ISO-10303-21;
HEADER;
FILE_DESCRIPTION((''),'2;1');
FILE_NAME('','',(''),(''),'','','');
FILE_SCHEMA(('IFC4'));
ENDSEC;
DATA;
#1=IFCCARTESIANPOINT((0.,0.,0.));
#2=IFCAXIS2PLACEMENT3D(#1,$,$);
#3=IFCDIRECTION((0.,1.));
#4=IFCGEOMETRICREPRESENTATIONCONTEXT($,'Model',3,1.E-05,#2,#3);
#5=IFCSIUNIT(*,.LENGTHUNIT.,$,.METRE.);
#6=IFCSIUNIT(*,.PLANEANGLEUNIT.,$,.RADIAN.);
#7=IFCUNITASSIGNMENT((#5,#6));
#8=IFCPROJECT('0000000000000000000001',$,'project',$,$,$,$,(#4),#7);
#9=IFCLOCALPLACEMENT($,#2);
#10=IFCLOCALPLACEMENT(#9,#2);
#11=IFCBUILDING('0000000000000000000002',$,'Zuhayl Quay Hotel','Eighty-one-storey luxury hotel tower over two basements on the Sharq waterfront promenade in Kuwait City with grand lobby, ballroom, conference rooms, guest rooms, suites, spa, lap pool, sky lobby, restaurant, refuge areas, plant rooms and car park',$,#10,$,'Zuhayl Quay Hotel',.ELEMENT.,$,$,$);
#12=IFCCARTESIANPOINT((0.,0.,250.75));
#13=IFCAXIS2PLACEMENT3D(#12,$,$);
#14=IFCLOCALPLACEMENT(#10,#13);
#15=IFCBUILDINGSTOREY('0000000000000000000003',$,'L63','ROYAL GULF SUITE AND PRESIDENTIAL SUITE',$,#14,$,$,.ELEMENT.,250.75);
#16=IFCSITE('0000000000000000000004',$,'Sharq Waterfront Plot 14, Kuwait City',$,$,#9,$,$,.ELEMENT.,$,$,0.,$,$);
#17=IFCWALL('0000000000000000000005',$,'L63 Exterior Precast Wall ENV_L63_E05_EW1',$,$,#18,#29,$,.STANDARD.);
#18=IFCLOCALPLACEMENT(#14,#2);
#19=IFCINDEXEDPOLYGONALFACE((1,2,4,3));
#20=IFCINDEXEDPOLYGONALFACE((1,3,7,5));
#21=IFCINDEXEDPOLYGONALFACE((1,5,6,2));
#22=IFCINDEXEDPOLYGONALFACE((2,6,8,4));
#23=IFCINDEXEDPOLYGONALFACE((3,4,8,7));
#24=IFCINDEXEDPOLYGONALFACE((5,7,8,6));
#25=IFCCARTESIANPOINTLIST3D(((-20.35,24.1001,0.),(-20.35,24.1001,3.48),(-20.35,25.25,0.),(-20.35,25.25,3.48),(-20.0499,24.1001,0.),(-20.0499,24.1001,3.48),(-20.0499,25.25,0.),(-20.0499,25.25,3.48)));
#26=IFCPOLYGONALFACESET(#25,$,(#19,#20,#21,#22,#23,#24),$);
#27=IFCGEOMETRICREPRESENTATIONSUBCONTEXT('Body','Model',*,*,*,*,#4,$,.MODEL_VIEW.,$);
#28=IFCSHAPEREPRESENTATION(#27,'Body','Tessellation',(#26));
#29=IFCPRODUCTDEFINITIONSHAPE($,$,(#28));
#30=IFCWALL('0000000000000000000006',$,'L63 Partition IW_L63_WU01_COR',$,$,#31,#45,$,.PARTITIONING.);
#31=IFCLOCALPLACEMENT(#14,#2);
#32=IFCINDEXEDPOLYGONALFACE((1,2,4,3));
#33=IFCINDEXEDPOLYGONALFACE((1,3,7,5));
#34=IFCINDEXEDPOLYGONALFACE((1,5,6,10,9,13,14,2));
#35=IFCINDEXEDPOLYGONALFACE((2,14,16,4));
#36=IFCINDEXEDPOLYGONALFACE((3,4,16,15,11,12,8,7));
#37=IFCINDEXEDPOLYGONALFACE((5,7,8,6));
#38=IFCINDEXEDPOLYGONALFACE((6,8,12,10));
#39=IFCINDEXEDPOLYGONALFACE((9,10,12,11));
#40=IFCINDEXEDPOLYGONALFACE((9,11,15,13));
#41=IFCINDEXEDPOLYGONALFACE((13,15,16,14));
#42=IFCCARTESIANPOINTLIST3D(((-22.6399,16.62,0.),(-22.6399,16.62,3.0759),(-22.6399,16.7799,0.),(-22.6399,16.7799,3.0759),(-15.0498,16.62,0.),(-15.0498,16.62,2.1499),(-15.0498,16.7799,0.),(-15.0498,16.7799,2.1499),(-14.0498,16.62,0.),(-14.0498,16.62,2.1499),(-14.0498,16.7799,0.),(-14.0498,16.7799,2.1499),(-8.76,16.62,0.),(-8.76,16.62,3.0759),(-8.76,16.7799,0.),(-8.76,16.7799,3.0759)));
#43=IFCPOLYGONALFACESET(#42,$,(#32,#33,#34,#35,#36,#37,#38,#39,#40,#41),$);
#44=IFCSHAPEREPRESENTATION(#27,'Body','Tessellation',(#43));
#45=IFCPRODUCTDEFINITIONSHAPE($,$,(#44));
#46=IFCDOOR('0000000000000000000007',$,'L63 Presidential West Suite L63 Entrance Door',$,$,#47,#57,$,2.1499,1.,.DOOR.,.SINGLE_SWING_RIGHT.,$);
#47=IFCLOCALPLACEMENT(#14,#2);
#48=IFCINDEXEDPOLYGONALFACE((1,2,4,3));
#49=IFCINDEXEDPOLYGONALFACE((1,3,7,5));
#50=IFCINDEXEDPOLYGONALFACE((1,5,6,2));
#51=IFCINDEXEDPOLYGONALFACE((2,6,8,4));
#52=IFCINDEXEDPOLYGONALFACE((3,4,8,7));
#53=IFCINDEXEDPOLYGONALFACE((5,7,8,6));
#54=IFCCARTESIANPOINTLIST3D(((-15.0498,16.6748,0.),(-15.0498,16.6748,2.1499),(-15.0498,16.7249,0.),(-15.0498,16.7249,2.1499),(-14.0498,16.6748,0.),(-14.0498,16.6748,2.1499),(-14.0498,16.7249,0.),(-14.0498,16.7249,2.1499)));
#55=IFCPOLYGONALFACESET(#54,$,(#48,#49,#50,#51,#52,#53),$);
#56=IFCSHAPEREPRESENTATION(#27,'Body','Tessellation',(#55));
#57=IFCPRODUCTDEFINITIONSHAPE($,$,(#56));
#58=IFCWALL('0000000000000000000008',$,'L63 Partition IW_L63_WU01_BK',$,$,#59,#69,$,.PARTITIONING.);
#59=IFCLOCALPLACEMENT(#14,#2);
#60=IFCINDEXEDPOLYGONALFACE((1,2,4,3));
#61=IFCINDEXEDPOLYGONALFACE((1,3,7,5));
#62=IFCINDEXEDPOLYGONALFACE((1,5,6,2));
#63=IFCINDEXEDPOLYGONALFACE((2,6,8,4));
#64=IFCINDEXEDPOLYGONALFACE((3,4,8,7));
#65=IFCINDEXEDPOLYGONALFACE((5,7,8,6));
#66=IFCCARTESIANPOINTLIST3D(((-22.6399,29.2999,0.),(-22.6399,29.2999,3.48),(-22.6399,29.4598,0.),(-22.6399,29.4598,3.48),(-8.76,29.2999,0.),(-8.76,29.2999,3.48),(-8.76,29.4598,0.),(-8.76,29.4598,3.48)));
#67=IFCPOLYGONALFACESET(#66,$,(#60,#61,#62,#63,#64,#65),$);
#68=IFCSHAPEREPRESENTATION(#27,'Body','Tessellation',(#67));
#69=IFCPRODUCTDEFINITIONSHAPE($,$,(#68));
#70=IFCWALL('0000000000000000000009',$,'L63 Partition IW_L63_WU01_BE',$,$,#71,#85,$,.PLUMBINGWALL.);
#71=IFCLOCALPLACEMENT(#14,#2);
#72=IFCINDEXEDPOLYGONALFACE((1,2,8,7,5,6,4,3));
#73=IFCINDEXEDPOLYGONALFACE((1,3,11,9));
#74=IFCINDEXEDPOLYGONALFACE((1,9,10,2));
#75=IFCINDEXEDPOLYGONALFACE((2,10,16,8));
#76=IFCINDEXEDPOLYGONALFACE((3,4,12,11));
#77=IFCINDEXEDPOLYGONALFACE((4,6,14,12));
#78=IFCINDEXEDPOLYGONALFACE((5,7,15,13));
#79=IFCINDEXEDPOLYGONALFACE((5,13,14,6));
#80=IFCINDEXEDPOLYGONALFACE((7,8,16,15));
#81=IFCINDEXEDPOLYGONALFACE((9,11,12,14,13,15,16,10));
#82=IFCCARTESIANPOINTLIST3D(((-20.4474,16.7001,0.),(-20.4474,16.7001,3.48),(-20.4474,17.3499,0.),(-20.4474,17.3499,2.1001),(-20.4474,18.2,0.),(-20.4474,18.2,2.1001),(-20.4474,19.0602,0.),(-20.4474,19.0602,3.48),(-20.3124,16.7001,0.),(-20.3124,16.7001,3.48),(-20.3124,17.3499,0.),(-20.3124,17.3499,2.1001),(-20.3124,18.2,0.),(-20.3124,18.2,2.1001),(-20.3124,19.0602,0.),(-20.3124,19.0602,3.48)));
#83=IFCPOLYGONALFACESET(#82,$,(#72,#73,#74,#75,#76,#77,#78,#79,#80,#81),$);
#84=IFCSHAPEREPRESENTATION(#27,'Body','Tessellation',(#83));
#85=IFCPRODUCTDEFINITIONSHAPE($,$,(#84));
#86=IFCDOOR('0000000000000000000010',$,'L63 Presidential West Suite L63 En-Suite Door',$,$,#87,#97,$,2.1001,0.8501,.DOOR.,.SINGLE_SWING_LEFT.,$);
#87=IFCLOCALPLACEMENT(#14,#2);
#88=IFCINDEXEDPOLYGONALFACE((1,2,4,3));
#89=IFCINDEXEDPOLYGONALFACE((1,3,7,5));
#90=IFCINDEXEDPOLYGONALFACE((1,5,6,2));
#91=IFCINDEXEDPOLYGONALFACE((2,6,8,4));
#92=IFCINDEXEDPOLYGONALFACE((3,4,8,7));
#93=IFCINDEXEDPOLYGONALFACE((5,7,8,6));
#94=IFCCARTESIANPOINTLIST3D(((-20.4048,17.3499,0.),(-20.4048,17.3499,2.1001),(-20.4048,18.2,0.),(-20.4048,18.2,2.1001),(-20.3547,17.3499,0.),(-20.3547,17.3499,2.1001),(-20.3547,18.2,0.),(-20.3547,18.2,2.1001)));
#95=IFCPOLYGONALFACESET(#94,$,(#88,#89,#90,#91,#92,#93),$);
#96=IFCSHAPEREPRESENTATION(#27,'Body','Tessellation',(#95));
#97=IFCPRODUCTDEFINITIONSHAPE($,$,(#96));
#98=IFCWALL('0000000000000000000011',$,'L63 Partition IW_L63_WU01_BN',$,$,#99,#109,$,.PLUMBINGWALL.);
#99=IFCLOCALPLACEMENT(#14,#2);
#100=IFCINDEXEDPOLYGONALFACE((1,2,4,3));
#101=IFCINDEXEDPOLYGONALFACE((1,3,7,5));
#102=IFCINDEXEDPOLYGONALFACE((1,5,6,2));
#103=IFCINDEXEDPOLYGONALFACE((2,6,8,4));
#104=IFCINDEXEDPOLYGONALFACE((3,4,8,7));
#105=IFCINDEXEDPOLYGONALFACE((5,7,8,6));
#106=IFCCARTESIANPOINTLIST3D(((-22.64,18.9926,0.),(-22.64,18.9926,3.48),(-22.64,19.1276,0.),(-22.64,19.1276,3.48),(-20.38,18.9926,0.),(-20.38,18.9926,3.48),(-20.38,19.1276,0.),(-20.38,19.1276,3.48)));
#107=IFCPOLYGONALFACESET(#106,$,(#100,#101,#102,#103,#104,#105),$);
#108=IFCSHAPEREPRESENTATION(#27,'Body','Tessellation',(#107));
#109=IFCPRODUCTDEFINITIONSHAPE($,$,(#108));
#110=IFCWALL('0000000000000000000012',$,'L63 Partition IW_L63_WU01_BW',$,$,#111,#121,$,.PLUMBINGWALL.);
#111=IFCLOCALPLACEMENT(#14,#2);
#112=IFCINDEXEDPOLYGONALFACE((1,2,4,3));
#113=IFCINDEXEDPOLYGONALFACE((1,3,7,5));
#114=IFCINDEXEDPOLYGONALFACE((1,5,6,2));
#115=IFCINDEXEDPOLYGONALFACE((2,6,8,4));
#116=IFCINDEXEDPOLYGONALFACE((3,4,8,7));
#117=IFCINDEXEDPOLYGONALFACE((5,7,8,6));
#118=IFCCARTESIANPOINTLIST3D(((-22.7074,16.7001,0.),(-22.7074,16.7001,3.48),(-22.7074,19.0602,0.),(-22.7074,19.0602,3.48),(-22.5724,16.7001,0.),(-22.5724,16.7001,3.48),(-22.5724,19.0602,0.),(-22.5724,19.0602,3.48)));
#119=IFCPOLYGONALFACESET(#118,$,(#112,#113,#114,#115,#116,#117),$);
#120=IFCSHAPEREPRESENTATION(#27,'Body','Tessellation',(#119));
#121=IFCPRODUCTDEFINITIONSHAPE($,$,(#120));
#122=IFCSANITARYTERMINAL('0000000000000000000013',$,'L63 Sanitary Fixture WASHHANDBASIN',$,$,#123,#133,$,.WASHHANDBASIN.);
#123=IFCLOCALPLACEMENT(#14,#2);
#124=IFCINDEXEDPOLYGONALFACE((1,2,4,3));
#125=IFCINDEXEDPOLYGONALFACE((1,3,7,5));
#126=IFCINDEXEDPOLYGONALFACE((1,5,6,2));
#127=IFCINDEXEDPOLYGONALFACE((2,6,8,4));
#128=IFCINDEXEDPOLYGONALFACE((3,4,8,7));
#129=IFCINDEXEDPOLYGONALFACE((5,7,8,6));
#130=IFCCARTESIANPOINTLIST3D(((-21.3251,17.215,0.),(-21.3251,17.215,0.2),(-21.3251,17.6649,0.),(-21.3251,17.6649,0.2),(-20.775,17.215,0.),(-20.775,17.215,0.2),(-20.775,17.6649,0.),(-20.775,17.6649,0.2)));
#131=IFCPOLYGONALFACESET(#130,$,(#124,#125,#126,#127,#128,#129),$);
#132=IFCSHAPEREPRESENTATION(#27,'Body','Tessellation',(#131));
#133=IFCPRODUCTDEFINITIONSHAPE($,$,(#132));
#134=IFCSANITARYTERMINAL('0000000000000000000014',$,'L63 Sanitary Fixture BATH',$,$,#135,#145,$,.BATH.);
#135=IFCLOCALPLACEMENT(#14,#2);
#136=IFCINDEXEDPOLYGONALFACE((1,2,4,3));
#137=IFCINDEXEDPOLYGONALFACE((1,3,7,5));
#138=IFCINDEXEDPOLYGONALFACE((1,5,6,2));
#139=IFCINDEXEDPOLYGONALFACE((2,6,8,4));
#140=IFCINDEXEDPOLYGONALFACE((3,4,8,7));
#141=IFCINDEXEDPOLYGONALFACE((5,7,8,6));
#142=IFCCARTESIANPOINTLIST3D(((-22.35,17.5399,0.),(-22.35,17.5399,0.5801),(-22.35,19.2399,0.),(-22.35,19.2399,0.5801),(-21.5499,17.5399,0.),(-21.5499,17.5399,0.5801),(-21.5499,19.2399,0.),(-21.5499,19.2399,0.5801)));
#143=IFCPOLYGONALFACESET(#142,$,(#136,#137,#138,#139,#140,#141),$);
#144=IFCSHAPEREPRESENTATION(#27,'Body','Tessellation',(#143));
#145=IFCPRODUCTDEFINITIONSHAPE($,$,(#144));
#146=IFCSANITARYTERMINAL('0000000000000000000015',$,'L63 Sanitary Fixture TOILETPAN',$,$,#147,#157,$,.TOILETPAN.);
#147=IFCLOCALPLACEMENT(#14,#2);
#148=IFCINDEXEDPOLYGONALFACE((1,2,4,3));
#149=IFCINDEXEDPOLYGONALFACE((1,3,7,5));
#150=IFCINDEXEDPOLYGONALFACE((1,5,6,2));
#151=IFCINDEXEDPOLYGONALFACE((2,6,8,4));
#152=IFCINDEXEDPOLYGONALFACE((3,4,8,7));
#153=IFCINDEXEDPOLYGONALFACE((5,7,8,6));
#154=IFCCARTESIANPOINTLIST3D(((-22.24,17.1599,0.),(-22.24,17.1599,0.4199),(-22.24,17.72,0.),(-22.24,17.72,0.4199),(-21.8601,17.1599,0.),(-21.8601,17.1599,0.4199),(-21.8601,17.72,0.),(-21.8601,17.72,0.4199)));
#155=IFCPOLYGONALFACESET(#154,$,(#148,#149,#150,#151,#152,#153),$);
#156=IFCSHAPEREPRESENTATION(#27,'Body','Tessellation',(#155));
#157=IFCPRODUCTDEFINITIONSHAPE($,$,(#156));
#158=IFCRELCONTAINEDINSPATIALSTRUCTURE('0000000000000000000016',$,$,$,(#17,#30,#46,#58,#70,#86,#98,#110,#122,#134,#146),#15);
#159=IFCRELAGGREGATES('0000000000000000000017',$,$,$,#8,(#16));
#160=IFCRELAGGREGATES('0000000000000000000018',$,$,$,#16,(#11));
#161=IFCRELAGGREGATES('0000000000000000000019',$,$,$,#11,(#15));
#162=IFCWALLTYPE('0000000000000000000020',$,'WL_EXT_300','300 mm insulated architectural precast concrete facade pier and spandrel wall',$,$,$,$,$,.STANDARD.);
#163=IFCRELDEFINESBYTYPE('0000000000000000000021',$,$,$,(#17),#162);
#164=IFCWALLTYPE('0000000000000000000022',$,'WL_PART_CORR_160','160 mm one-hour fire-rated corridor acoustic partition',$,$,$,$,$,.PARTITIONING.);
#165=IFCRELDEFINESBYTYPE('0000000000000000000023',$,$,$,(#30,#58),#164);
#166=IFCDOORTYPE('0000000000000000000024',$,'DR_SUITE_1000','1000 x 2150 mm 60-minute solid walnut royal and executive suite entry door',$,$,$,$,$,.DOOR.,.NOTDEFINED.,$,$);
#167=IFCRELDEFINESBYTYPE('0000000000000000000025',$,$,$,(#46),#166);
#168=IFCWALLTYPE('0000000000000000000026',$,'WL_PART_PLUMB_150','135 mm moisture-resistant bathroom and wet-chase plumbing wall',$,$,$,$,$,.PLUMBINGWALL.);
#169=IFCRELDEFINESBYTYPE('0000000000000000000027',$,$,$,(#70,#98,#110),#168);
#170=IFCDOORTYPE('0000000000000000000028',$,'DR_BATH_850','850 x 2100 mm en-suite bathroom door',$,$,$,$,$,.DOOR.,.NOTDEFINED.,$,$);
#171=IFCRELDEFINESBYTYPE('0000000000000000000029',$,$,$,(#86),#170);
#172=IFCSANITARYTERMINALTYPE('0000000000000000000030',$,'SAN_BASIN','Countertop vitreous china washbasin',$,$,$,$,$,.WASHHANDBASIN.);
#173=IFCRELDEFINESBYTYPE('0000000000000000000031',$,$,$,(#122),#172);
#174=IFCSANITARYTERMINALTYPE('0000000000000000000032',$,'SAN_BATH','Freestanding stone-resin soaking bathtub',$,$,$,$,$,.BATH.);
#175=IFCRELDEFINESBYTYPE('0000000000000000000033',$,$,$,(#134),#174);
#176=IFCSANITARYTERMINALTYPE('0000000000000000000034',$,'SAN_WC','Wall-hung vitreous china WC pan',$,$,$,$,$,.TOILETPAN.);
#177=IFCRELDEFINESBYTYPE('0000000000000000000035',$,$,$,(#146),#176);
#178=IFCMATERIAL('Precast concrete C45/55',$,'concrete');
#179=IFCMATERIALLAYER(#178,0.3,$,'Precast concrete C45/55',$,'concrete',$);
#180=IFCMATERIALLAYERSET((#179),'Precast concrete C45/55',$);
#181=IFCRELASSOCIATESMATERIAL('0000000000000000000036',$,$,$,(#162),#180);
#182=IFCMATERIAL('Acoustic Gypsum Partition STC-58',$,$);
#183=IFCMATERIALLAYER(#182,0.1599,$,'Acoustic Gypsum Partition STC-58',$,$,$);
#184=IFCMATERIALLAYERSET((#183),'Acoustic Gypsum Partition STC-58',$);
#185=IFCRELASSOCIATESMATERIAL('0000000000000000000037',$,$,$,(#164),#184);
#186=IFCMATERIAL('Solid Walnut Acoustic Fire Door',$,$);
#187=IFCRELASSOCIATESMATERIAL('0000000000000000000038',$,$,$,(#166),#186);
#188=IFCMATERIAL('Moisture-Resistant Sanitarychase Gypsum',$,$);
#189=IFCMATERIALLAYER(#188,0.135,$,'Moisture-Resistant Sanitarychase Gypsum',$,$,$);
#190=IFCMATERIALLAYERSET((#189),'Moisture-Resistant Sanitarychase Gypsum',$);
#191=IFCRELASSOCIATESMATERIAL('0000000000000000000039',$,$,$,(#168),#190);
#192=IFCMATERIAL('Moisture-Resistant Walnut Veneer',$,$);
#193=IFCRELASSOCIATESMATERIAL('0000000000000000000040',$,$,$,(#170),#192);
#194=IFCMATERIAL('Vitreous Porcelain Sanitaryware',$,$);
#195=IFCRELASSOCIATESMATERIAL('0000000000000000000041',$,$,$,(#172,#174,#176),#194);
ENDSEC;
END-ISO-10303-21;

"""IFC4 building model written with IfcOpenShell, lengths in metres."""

from ifc_helpers import new_model, si_unit, direction, frame, frame_2d, origin, origin_2d, place, context, subcontext, project, spatial, rectangle, extrude, material, layer, layer_set, type_object, element, fill, save


model = new_model("IFC4")

# Units and contexts
model_context = context("Model", 3, precision=1e-05, world=origin(), true_north=direction((0.0, 1.0)))
body_context = subcontext(model_context, "Body", "Model", "MODEL_VIEW")
ifc_project = project(units=[si_unit("LENGTHUNIT", "METRE"), si_unit("PLANEANGLEUNIT", "RADIAN")], contexts=[model_context])

# Site, building, storey
site_placement = place(None, origin())
site = spatial("IfcSite", under=ifc_project, at=site_placement, Name="Sharq Waterfront Plot 14, Kuwait City", CompositionType="ELEMENT", RefElevation=0.0)
building_placement = place(site_placement, origin())
building = spatial("IfcBuilding", under=site, at=building_placement, Name="Zuhayl Quay Hotel", Description="Eighty-one-storey luxury hotel tower over two basements on the Sharq waterfront promenade in Kuwait City with grand lobby, ballroom, conference rooms, guest rooms, suites, spa, lap pool, sky lobby, restaurant, refuge areas, plant rooms and car park", LongName="Zuhayl Quay Hotel", CompositionType="ELEMENT")
storey_placement = place(building_placement, frame((0.0, 0.0, 250.75)))
storey = spatial("IfcBuildingStorey", under=building, at=storey_placement, Name="L63", Description="ROYAL GULF SUITE AND PRESIDENTIAL SUITE", CompositionType="ELEMENT", Elevation=250.75)

# Wall
ifc_material_1 = material(Name="Precast concrete C45/55", Category="concrete")
ifc_layer_1 = layer(ifc_material_1, 0.3, Name="Precast concrete C45/55", Category="concrete")
ifc_layer_set_1 = layer_set([ifc_layer_1], Name="Precast concrete C45/55")
wall_type_1 = type_object("IfcWallType", Name="WL_EXT_300", Description="300 mm insulated architectural precast concrete facade pier and spandrel wall", PredefinedType="STANDARD", material=ifc_layer_set_1)
wall_1_placement = place(storey_placement, frame((-20.2, 24.1001, 0.0), z_axis=(0.0, 0.0, 1.0), x_axis=(0.0, 1.0, 0.0)))
element("IfcWall", 1, at=wall_1_placement, inside=storey, type_object=wall_type_1, Name="L63 Exterior Precast Wall ENV_L63_E05_EW1", PredefinedType="STANDARD", context=body_context, shape_type="SweptSolid", body=[
    extrude(rectangle(XDim=1.1499, YDim=0.3, at=frame_2d((0.575, 0.0))), origin(), (0.0, 0.0, 1.0), 3.48),
])

# Wall, opening, door
ifc_material_2 = material(Name="Acoustic Gypsum Partition STC-58")
ifc_layer_2 = layer(ifc_material_2, 0.1599, Name="Acoustic Gypsum Partition STC-58")
ifc_layer_set_2 = layer_set([ifc_layer_2], Name="Acoustic Gypsum Partition STC-58")
wall_type_2 = type_object("IfcWallType", Name="WL_PART_CORR_160", Description="160 mm one-hour fire-rated corridor acoustic partition", PredefinedType="PARTITIONING", material=ifc_layer_set_2)
wall_2_placement = place(storey_placement, frame((-22.6399, 16.7, 0.0), z_axis=(0.0, 0.0, 1.0), x_axis=(1.0, 0.0, 0.0)))
wall_2 = element("IfcWall", 2, at=wall_2_placement, inside=storey, type_object=wall_type_2, Name="L63 Partition IW_L63_WU01_COR", PredefinedType="PARTITIONING", context=body_context, shape_type="SweptSolid", body=[
    extrude(rectangle(XDim=13.8799, YDim=0.1599, at=frame_2d((6.9399, 0.0))), origin(), (0.0, 0.0, 1.0), 3.0759),
])
opening_1_placement = place(wall_2_placement, frame((7.5901, 0.0, 0.0)))
opening_1 = element("IfcOpeningElement", 3, at=opening_1_placement, cuts=wall_2, PredefinedType="OPENING", context=body_context, shape_type="SweptSolid", body=[
    extrude(rectangle(XDim=1.0, YDim=2.1499, at=frame_2d((0.5, 1.075))), frame((0.0, 0.0898, 0.0), z_axis=(0.0, -1.0, 0.0), x_axis=(1.0, 0.0, 0.0)), (0.0, 0.0, 1.0), 0.1799),
])
ifc_material_3 = material(Name="Solid Walnut Acoustic Fire Door")
door_type_1 = type_object("IfcDoorType", Name="DR_SUITE_1000", Description="1000 x 2150 mm 60-minute solid walnut royal and executive suite entry door", OperationType="NOTDEFINED", PredefinedType="DOOR", material=ifc_material_3)
door_1_placement = place(opening_1_placement, origin())
door_1 = element("IfcDoor", 4, at=door_1_placement, inside=storey, type_object=door_type_1, Name="L63 Presidential West Suite L63 Entrance Door", OperationType="SINGLE_SWING_RIGHT", OverallHeight=2.1499, OverallWidth=1.0, PredefinedType="DOOR", context=body_context, shape_type="SweptSolid", body=[
    extrude(rectangle(XDim=1.0, YDim=2.1499, at=frame_2d((0.5, 1.075))), frame((0.0, 0.0249, 0.0), z_axis=(0.0, -1.0, 0.0), x_axis=(1.0, 0.0, 0.0)), (0.0, 0.0, 1.0), 0.05),
])
fill(opening_1, door_1)

# Wall
wall_3_placement = place(storey_placement, frame((-22.6399, 29.3799, 0.0), z_axis=(0.0, 0.0, 1.0), x_axis=(1.0, 0.0, 0.0)))
element("IfcWall", 5, at=wall_3_placement, inside=storey, type_object=wall_type_2, Name="L63 Partition IW_L63_WU01_BK", PredefinedType="PARTITIONING", context=body_context, shape_type="SweptSolid", body=[
    extrude(rectangle(XDim=13.8799, YDim=0.1599, at=frame_2d((6.9399, 0.0))), origin(), (0.0, 0.0, 1.0), 3.48),
])

# Wall, opening, door
ifc_material_4 = material(Name="Moisture-Resistant Sanitarychase Gypsum")
ifc_layer_3 = layer(ifc_material_4, 0.135, Name="Moisture-Resistant Sanitarychase Gypsum")
ifc_layer_set_3 = layer_set([ifc_layer_3], Name="Moisture-Resistant Sanitarychase Gypsum")
wall_type_3 = type_object("IfcWallType", Name="WL_PART_PLUMB_150", Description="135 mm moisture-resistant bathroom and wet-chase plumbing wall", PredefinedType="PLUMBINGWALL", material=ifc_layer_set_3)
wall_4_placement = place(storey_placement, frame((-20.3799, 16.7, 0.0), z_axis=(0.0, 0.0, 1.0), x_axis=(0.0, 1.0, 0.0)))
wall_4 = element("IfcWall", 6, at=wall_4_placement, inside=storey, type_object=wall_type_3, Name="L63 Partition IW_L63_WU01_BE", PredefinedType="PLUMBINGWALL", context=body_context, shape_type="SweptSolid", body=[
    extrude(rectangle(XDim=2.3601, YDim=0.135, at=frame_2d((1.1802, 0.0))), origin(), (0.0, 0.0, 1.0), 3.48),
])
opening_2_placement = place(wall_4_placement, frame((0.6499, 0.0, 0.0)))
opening_2 = element("IfcOpeningElement", 7, at=opening_2_placement, cuts=wall_4, PredefinedType="OPENING", context=body_context, shape_type="SweptSolid", body=[
    extrude(rectangle(XDim=0.8501, YDim=2.1001, at=frame_2d((0.425, 1.05))), frame((0.0, 0.0774, 0.0), z_axis=(0.0, -1.0, 0.0), x_axis=(1.0, 0.0, 0.0)), (0.0, 0.0, 1.0), 0.155),
])
ifc_material_5 = material(Name="Moisture-Resistant Walnut Veneer")
door_type_2 = type_object("IfcDoorType", Name="DR_BATH_850", Description="850 x 2100 mm en-suite bathroom door", OperationType="NOTDEFINED", PredefinedType="DOOR", material=ifc_material_5)
door_2_placement = place(opening_2_placement, origin())
door_2 = element("IfcDoor", 8, at=door_2_placement, inside=storey, type_object=door_type_2, Name="L63 Presidential West Suite L63 En-Suite Door", OperationType="SINGLE_SWING_LEFT", OverallHeight=2.1001, OverallWidth=0.8501, PredefinedType="DOOR", context=body_context, shape_type="SweptSolid", body=[
    extrude(rectangle(XDim=0.8501, YDim=2.1001, at=frame_2d((0.425, 1.05))), frame((0.0, 0.0249, 0.0), z_axis=(0.0, -1.0, 0.0), x_axis=(1.0, 0.0, 0.0)), (0.0, 0.0, 1.0), 0.05),
])
fill(opening_2, door_2)

# Walls
wall_5_placement = place(storey_placement, frame((-22.6399, 19.0601, 0.0), z_axis=(0.0, 0.0, 1.0), x_axis=(1.0, 0.0, 0.0)))
element("IfcWall", 9, at=wall_5_placement, inside=storey, type_object=wall_type_3, Name="L63 Partition IW_L63_WU01_BN", PredefinedType="PLUMBINGWALL", context=body_context, shape_type="SweptSolid", body=[
    extrude(rectangle(XDim=2.26, YDim=0.135, at=frame_2d((1.1299, 0.0))), origin(), (0.0, 0.0, 1.0), 3.48),
])
wall_6_placement = place(storey_placement, frame((-22.6399, 16.7, 0.0), z_axis=(0.0, 0.0, 1.0), x_axis=(0.0, 1.0, 0.0)))
element("IfcWall", 10, at=wall_6_placement, inside=storey, type_object=wall_type_3, Name="L63 Partition IW_L63_WU01_BW", PredefinedType="PLUMBINGWALL", context=body_context, shape_type="SweptSolid", body=[
    extrude(rectangle(XDim=2.3601, YDim=0.135, at=frame_2d((1.1802, 0.0))), origin(), (0.0, 0.0, 1.0), 3.48),
])

# Sanitary terminals
ifc_material_6 = material(Name="Vitreous Porcelain Sanitaryware")
sanitary_terminal_type_1 = type_object("IfcSanitaryTerminalType", Name="SAN_BASIN", Description="Countertop vitreous china washbasin", PredefinedType="WASHHANDBASIN", material=ifc_material_6)
sanitary_terminal_1_placement = place(storey_placement, frame((-21.05, 17.4399, 0.0), z_axis=(0.0, 0.0, 1.0), x_axis=(1.0, 0.0, 0.0)))
element("IfcSanitaryTerminal", 11, at=sanitary_terminal_1_placement, inside=storey, type_object=sanitary_terminal_type_1, Name="L63 Sanitary Fixture WASHHANDBASIN", PredefinedType="WASHHANDBASIN", context=body_context, shape_type="SweptSolid", body=[
    extrude(rectangle(XDim=0.55, YDim=0.45, at=origin_2d()), origin(), (0.0, 0.0, 1.0), 0.2),
])
sanitary_terminal_type_2 = type_object("IfcSanitaryTerminalType", Name="SAN_BATH", Description="Freestanding stone-resin soaking bathtub", PredefinedType="BATH", material=ifc_material_6)
sanitary_terminal_2_placement = place(storey_placement, frame((-21.95, 18.3899, 0.0), z_axis=(0.0, 0.0, 1.0), x_axis=(1.0, 0.0, 0.0)))
element("IfcSanitaryTerminal", 12, at=sanitary_terminal_2_placement, inside=storey, type_object=sanitary_terminal_type_2, Name="L63 Sanitary Fixture BATH", PredefinedType="BATH", context=body_context, shape_type="SweptSolid", body=[
    extrude(rectangle(XDim=0.8, YDim=1.7, at=origin_2d()), origin(), (0.0, 0.0, 1.0), 0.5801),
])
sanitary_terminal_type_3 = type_object("IfcSanitaryTerminalType", Name="SAN_WC", Description="Wall-hung vitreous china WC pan", PredefinedType="TOILETPAN", material=ifc_material_6)
sanitary_terminal_3_placement = place(storey_placement, frame((-22.05, 17.4399, 0.0), z_axis=(0.0, 0.0, 1.0), x_axis=(1.0, 0.0, 0.0)))
element("IfcSanitaryTerminal", 13, at=sanitary_terminal_3_placement, inside=storey, type_object=sanitary_terminal_type_3, Name="L63 Sanitary Fixture TOILETPAN", PredefinedType="TOILETPAN", context=body_context, shape_type="SweptSolid", body=[
    extrude(rectangle(XDim=0.3799, YDim=0.5601, at=origin_2d()), origin(), (0.0, 0.0, 1.0), 0.4199),
])

save(model, "model.ifc")
